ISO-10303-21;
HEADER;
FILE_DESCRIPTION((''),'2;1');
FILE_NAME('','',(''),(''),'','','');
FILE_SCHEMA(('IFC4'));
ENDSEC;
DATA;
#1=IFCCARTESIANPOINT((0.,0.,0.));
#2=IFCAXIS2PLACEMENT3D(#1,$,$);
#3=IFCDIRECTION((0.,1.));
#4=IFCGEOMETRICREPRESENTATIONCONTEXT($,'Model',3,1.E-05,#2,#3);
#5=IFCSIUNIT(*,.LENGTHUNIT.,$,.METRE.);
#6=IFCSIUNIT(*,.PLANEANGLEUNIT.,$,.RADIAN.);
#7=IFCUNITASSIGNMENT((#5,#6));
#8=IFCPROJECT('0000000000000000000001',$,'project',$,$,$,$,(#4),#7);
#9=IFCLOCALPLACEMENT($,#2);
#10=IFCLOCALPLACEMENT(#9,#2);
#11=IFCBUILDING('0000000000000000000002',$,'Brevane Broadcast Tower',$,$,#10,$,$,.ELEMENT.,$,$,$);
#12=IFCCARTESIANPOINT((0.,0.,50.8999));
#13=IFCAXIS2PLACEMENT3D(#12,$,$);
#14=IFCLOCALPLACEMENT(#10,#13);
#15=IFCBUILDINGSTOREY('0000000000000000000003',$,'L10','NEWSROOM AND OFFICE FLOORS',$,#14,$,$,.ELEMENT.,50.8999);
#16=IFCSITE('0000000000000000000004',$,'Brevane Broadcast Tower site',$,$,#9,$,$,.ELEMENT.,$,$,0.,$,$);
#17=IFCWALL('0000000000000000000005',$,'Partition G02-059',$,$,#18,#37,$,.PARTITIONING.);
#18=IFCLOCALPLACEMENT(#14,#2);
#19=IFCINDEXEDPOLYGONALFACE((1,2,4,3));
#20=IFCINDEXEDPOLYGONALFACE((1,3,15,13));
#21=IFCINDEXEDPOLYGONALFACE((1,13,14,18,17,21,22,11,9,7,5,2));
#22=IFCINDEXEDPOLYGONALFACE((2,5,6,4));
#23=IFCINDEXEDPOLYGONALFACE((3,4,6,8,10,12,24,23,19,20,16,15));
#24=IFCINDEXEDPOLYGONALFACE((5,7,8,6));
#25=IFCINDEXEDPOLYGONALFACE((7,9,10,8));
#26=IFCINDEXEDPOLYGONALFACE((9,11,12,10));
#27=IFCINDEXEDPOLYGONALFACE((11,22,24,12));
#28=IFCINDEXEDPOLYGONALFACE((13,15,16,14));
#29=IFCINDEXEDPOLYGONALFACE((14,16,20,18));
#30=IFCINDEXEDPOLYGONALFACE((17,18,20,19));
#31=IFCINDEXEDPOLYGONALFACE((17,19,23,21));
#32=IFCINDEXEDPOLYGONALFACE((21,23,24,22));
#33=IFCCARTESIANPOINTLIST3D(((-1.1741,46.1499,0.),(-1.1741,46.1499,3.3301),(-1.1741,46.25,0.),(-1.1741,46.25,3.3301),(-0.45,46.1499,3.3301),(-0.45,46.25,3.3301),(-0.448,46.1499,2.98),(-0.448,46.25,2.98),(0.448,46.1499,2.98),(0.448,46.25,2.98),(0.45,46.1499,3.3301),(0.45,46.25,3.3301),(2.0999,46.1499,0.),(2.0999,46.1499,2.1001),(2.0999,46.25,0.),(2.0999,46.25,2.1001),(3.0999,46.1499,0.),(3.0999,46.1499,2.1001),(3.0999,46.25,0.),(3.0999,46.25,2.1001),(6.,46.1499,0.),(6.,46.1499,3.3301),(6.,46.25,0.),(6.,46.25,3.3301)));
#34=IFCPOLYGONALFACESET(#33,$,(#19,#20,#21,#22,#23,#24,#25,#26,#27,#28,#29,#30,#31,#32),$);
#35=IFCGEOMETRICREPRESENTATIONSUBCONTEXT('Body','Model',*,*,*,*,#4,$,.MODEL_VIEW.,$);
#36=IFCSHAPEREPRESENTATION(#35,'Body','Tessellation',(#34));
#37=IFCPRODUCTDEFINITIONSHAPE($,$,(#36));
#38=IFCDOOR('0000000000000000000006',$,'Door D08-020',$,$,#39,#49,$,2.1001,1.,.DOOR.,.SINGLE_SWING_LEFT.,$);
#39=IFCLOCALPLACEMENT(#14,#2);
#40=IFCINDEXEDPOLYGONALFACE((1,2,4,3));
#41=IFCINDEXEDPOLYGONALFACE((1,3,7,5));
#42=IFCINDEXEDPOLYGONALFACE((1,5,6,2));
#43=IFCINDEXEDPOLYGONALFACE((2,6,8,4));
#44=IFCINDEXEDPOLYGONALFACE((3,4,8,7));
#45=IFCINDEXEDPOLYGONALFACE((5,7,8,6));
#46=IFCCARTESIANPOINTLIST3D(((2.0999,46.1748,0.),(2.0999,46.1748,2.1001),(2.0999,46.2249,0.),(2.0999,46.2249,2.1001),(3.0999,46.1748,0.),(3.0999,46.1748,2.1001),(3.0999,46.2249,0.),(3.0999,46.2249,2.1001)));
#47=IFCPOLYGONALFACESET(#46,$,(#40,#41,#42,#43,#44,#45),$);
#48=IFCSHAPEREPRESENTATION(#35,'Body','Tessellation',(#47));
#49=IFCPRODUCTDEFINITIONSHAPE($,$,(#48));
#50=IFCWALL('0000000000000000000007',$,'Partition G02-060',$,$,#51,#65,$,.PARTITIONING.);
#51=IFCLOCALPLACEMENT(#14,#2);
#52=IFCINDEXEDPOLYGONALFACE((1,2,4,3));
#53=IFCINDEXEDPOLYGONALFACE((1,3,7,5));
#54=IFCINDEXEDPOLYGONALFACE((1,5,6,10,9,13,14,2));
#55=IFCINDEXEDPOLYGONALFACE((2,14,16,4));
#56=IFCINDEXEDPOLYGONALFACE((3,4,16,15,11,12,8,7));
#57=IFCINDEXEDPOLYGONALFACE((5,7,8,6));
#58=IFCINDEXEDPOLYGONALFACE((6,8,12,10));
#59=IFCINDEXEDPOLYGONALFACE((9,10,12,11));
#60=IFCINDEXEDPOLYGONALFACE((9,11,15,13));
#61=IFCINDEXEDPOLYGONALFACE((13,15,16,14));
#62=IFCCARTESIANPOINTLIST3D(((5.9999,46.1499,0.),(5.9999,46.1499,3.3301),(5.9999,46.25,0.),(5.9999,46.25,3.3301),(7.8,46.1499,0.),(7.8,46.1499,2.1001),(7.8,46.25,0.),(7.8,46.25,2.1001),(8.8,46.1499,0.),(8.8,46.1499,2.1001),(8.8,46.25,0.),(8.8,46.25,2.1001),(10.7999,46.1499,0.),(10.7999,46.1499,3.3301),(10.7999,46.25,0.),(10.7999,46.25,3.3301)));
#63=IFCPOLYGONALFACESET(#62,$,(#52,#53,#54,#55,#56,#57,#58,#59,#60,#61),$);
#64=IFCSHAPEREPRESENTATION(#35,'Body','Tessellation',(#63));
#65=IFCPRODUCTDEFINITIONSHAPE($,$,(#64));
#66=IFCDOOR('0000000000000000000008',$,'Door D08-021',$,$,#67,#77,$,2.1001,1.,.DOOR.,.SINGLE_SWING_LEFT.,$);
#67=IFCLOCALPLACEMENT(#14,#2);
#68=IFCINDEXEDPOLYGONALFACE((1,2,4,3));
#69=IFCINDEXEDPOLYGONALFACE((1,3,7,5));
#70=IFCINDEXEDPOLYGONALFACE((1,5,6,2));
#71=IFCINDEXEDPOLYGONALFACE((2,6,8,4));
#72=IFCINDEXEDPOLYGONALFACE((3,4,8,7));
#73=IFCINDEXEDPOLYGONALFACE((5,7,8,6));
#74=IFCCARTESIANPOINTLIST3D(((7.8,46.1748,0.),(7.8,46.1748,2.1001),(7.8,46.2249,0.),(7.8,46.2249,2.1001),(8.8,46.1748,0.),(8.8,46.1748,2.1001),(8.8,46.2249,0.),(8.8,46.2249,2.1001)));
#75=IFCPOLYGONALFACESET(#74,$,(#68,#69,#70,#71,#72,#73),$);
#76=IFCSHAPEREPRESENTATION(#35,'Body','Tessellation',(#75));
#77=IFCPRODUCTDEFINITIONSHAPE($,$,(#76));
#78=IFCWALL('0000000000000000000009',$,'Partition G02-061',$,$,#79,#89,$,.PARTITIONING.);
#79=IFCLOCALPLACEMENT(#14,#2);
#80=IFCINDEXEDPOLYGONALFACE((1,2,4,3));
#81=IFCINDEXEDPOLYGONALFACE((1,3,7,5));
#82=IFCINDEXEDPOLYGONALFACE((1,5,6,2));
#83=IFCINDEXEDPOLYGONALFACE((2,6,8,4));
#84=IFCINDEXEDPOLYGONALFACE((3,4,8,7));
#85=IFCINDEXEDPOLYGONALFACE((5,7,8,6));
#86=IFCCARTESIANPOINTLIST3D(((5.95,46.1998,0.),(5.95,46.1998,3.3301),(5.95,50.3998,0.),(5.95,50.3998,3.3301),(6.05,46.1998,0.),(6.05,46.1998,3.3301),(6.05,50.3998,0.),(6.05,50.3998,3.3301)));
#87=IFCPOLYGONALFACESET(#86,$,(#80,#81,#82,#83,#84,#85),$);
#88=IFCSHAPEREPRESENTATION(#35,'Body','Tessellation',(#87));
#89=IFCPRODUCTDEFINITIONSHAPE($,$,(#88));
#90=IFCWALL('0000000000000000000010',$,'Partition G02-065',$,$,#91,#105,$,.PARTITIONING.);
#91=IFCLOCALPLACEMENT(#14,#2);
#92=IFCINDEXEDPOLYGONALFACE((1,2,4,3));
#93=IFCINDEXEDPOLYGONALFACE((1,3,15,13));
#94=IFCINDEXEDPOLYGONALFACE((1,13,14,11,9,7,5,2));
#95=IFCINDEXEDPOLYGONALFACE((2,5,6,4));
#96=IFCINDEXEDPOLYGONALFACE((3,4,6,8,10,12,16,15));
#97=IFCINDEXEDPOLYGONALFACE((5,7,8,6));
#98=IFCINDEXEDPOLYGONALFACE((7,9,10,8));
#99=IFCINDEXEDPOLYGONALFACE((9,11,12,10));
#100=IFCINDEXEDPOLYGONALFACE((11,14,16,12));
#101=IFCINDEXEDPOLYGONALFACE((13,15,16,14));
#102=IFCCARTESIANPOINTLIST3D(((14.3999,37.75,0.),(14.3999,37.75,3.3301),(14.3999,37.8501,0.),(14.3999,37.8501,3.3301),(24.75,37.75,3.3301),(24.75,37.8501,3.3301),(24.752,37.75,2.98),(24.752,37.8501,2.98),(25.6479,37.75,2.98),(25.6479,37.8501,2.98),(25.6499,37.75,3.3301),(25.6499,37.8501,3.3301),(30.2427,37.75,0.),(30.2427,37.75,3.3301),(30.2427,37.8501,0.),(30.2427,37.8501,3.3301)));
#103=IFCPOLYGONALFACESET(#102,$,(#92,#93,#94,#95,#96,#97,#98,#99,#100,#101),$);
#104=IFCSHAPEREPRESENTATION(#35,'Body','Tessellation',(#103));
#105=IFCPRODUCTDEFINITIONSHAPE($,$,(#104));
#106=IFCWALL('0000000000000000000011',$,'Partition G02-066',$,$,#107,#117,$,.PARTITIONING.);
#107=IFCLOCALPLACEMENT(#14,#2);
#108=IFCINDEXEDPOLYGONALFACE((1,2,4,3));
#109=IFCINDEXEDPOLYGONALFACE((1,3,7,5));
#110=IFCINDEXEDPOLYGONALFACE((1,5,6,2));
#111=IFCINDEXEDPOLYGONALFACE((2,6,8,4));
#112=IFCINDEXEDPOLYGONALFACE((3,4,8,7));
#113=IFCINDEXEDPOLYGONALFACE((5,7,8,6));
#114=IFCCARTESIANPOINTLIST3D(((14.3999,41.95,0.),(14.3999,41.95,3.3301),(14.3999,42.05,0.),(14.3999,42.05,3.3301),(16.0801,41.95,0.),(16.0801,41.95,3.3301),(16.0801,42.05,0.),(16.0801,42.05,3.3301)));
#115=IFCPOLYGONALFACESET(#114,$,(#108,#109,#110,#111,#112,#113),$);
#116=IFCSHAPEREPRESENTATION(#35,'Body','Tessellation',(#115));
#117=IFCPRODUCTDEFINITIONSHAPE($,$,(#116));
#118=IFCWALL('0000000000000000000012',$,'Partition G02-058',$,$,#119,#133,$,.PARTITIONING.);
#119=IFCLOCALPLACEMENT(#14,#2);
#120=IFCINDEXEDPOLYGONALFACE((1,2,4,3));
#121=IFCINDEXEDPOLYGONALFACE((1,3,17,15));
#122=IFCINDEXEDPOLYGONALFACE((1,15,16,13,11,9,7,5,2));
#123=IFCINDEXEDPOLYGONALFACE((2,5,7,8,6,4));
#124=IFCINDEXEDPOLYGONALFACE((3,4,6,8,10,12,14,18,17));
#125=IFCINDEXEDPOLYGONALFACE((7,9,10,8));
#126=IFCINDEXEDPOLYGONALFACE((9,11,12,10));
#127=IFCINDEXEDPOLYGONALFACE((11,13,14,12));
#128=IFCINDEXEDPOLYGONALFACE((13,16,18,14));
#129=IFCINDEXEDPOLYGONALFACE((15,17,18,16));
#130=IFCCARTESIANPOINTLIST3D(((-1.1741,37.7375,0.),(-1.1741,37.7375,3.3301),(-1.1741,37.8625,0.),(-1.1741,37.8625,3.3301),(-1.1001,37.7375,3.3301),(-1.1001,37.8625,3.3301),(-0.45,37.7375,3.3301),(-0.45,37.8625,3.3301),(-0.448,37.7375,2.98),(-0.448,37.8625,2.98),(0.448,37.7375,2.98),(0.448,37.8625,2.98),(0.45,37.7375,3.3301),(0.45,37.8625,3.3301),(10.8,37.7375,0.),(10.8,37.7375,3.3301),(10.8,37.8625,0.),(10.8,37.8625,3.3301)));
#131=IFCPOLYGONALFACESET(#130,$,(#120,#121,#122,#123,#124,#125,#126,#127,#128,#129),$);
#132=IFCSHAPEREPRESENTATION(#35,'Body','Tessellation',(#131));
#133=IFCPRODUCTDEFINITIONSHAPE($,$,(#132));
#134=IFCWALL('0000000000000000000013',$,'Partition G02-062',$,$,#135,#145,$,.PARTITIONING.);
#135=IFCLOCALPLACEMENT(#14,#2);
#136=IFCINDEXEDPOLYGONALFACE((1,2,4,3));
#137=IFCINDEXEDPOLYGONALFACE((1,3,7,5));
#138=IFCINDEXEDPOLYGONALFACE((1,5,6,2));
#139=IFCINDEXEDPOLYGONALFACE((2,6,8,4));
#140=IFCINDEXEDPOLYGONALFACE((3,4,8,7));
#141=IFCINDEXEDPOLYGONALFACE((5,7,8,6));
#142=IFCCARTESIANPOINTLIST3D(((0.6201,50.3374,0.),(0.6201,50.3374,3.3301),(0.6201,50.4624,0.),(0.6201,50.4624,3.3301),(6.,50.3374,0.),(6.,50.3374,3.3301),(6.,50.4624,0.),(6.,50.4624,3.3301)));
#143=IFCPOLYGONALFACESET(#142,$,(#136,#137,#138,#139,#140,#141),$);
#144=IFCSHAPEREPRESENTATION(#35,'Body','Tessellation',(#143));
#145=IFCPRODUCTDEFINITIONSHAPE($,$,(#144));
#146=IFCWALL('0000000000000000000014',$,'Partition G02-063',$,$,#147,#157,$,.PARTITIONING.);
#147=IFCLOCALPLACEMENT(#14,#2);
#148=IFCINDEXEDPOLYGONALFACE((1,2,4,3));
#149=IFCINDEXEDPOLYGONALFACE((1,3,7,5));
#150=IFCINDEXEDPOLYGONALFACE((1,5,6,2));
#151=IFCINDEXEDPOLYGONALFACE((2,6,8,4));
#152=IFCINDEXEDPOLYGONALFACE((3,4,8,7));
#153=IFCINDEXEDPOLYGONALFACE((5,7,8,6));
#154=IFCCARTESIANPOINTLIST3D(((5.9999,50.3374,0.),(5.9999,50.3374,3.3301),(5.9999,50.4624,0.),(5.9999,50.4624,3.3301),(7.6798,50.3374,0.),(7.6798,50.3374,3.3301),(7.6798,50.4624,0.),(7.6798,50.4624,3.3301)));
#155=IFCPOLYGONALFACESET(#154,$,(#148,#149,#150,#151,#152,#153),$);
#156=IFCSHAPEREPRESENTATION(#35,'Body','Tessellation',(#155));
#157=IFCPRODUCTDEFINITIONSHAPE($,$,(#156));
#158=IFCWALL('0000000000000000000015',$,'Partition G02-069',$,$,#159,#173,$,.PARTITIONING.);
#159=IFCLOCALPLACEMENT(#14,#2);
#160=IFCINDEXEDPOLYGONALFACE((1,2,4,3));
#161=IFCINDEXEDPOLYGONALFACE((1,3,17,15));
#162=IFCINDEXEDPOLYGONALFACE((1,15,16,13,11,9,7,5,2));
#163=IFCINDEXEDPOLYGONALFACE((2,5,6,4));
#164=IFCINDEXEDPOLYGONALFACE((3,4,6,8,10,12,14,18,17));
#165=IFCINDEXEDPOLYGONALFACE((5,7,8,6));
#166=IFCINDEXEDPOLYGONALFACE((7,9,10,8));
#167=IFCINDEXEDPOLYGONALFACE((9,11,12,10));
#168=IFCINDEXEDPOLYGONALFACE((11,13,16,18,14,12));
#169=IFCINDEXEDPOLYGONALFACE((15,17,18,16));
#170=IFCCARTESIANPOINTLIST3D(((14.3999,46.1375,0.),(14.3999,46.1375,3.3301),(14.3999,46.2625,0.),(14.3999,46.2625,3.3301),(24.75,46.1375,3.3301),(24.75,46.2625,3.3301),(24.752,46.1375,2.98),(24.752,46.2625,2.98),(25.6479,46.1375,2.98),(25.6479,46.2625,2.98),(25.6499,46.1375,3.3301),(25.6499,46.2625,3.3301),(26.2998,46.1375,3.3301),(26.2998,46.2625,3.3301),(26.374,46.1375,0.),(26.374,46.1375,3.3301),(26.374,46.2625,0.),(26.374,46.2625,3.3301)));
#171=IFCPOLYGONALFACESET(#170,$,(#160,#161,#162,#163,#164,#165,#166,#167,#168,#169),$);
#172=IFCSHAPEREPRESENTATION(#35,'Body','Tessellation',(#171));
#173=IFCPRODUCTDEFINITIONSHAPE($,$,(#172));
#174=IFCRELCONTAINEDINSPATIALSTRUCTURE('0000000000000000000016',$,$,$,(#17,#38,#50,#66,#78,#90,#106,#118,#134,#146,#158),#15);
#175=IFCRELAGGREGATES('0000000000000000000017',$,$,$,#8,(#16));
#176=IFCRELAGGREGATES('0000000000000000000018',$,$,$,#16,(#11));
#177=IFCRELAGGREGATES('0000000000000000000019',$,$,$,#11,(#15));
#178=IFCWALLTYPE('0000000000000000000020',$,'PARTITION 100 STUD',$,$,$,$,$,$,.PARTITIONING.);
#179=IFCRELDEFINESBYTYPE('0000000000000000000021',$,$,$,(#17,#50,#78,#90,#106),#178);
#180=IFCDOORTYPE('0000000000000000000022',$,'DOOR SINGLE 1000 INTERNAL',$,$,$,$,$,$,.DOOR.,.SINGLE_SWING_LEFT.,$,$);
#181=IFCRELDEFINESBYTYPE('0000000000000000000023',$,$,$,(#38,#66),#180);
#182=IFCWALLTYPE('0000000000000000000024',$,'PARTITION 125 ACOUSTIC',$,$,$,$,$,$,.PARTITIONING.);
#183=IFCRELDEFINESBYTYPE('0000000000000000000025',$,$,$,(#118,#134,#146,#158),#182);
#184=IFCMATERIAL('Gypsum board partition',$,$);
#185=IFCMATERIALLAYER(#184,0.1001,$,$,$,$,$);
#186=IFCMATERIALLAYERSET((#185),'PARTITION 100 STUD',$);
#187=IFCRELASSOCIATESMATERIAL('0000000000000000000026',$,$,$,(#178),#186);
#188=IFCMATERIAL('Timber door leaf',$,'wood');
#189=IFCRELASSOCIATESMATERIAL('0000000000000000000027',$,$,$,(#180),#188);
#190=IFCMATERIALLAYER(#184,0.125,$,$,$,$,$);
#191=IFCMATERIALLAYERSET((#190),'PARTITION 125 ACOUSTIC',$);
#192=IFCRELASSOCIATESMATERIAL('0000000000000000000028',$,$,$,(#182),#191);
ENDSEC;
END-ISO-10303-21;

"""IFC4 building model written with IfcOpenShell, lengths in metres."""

from ifc_helpers import new_model, si_unit, direction, frame, frame_2d, origin, place, context, subcontext, project, spatial, polyline, rectangle, outline, extrude, material, layer, layer_set, type_object, element, fill, save


model = new_model("IFC4")

# Units and contexts
model_context = context("Model", 3, precision=1e-05, world=origin(), true_north=direction((0.0, 1.0)))
body_context = subcontext(model_context, "Body", "Model", "MODEL_VIEW")
ifc_project = project(units=[si_unit("LENGTHUNIT", "METRE"), si_unit("PLANEANGLEUNIT", "RADIAN")], contexts=[model_context])

# Site, building, storey
site_placement = place(None, origin())
site = spatial("IfcSite", under=ifc_project, at=site_placement, Name="Brevane Broadcast Tower site", CompositionType="ELEMENT", RefElevation=0.0)
building_placement = place(site_placement, origin())
building = spatial("IfcBuilding", under=site, at=building_placement, Name="Brevane Broadcast Tower", CompositionType="ELEMENT")
storey_placement = place(building_placement, frame((0.0, 0.0, 50.8999)))
storey = spatial("IfcBuildingStorey", under=building, at=storey_placement, Name="L10", Description="NEWSROOM AND OFFICE FLOORS", CompositionType="ELEMENT", Elevation=50.8999)

# Shared definitions
ifc_material_1 = material(Name="Gypsum board partition")
ifc_layer_1 = layer(ifc_material_1, 0.1001)
ifc_layer_set_1 = layer_set([ifc_layer_1], Name="PARTITION 100 STUD")
wall_type_1 = type_object("IfcWallType", Name="PARTITION 100 STUD", PredefinedType="PARTITIONING", material=ifc_layer_set_1)

# Walls, openings, doors
wall_1_placement = place(storey_placement, frame((-1.1741, 46.2, 0.0), z_axis=(0.0, 0.0, 1.0), x_axis=(1.0, 0.0, 0.0)))
wall_1 = element("IfcWall", 1, at=wall_1_placement, inside=storey, type_object=wall_type_1, Name="Partition G02-059", PredefinedType="PARTITIONING", context=body_context, shape_type="SweptSolid", body=[
    extrude(outline(polyline([(0.0, 0.0), (7.1741, 0.0), (7.1741, 3.3301), (1.624, 3.3301), (1.6221, 2.98), (0.7261, 2.98), (0.7241, 3.3301), (0.074, 3.3301), (0.0, 3.3301), (0.0, 0.0)])), frame((0.0, 0.05, 0.0), z_axis=(0.0, -1.0, 0.0), x_axis=(1.0, 0.0, 0.0)), (0.0, 0.0, 1.0), 0.1001),
])
opening_1_placement = place(wall_1_placement, frame((3.2739, 0.0, 0.0)))
opening_1 = element("IfcOpeningElement", 2, at=opening_1_placement, cuts=wall_1, PredefinedType="OPENING", context=body_context, shape_type="SweptSolid", body=[
    extrude(rectangle(XDim=1.0, YDim=2.1001, at=frame_2d((0.5, 1.05))), frame((0.0, 0.0601, 0.0), z_axis=(0.0, -1.0, 0.0), x_axis=(1.0, 0.0, 0.0)), (0.0, 0.0, 1.0), 0.1201),
])
ifc_material_2 = material(Name="Timber door leaf", Category="wood")
door_type_1 = type_object("IfcDoorType", Name="DOOR SINGLE 1000 INTERNAL", OperationType="SINGLE_SWING_LEFT", PredefinedType="DOOR", material=ifc_material_2)
door_1_placement = place(opening_1_placement, origin())
door_1 = element("IfcDoor", 3, at=door_1_placement, inside=storey, type_object=door_type_1, Name="Door D08-020", OperationType="SINGLE_SWING_LEFT", OverallHeight=2.1001, OverallWidth=1.0, PredefinedType="DOOR", context=body_context, shape_type="SweptSolid", body=[
    extrude(rectangle(XDim=1.0, YDim=2.1001, at=frame_2d((0.5, 1.05))), frame((0.0, 0.0249, 0.0), z_axis=(0.0, -1.0, 0.0), x_axis=(1.0, 0.0, 0.0)), (0.0, 0.0, 1.0), 0.05),
])
fill(opening_1, door_1)
wall_2_placement = place(storey_placement, frame((6.0, 46.2, 0.0), z_axis=(0.0, 0.0, 1.0), x_axis=(1.0, 0.0, 0.0)))
wall_2 = element("IfcWall", 4, at=wall_2_placement, inside=storey, type_object=wall_type_1, Name="Partition G02-060", PredefinedType="PARTITIONING", context=body_context, shape_type="SweptSolid", body=[
    extrude(rectangle(XDim=4.8, YDim=0.1001, at=frame_2d((2.3999, 0.0))), origin(), (0.0, 0.0, 1.0), 3.3301),
])
opening_2_placement = place(wall_2_placement, frame((1.8, 0.0, 0.0)))
opening_2 = element("IfcOpeningElement", 5, at=opening_2_placement, cuts=wall_2, PredefinedType="OPENING", context=body_context, shape_type="SweptSolid", body=[
    extrude(rectangle(XDim=1.0, YDim=2.1001, at=frame_2d((0.5, 1.05))), frame((0.0, 0.0601, 0.0), z_axis=(0.0, -1.0, 0.0), x_axis=(1.0, 0.0, 0.0)), (0.0, 0.0, 1.0), 0.1201),
])
door_2_placement = place(opening_2_placement, origin())
door_2 = element("IfcDoor", 6, at=door_2_placement, inside=storey, type_object=door_type_1, Name="Door D08-021", OperationType="SINGLE_SWING_LEFT", OverallHeight=2.1001, OverallWidth=1.0, PredefinedType="DOOR", context=body_context, shape_type="SweptSolid", body=[
    extrude(rectangle(XDim=1.0, YDim=2.1001, at=frame_2d((0.5, 1.05))), frame((0.0, 0.0249, 0.0), z_axis=(0.0, -1.0, 0.0), x_axis=(1.0, 0.0, 0.0)), (0.0, 0.0, 1.0), 0.05),
])
fill(opening_2, door_2)

# Walls
wall_3_placement = place(storey_placement, frame((6.0, 50.3999, 0.0), z_axis=(0.0, 0.0, 1.0), x_axis=(0.0, -1.0, 0.0)))
element("IfcWall", 7, at=wall_3_placement, inside=storey, type_object=wall_type_1, Name="Partition G02-061", PredefinedType="PARTITIONING", context=body_context, shape_type="SweptSolid", body=[
    extrude(rectangle(XDim=4.2, YDim=0.1001, at=frame_2d((2.1001, 0.0))), origin(), (0.0, 0.0, 1.0), 3.3301),
])
wall_4_placement = place(storey_placement, frame((14.3999, 37.8, 0.0), z_axis=(0.0, 0.0, 1.0), x_axis=(1.0, 0.0, 0.0)))
element("IfcWall", 8, at=wall_4_placement, inside=storey, type_object=wall_type_1, Name="Partition G02-065", PredefinedType="PARTITIONING", context=body_context, shape_type="SweptSolid", body=[
    extrude(outline(polyline([(0.0, 0.0), (15.8428, 0.0), (15.8428, 3.3301), (11.25, 3.3301), (11.248, 2.98), (10.3521, 2.98), (10.3501, 3.3301), (0.0, 3.3301), (0.0, 0.0)])), frame((0.0, 0.05, 0.0), z_axis=(0.0, -1.0, 0.0), x_axis=(1.0, 0.0, 0.0)), (0.0, 0.0, 1.0), 0.1001),
])
wall_5_placement = place(storey_placement, frame((14.3999, 42.0, 0.0), z_axis=(0.0, 0.0, 1.0), x_axis=(1.0, 0.0, 0.0)))
element("IfcWall", 9, at=wall_5_placement, inside=storey, type_object=wall_type_1, Name="Partition G02-066", PredefinedType="PARTITIONING", context=body_context, shape_type="SweptSolid", body=[
    extrude(rectangle(XDim=1.6802, YDim=0.1001, at=frame_2d((0.8401, 0.0))), origin(), (0.0, 0.0, 1.0), 3.3301),
])
ifc_layer_2 = layer(ifc_material_1, 0.125)
ifc_layer_set_2 = layer_set([ifc_layer_2], Name="PARTITION 125 ACOUSTIC")
wall_type_2 = type_object("IfcWallType", Name="PARTITION 125 ACOUSTIC", PredefinedType="PARTITIONING", material=ifc_layer_set_2)
wall_6_placement = place(storey_placement, frame((-1.1741, 37.8, 0.0), z_axis=(0.0, 0.0, 1.0), x_axis=(1.0, 0.0, 0.0)))
element("IfcWall", 10, at=wall_6_placement, inside=storey, type_object=wall_type_2, Name="Partition G02-058", PredefinedType="PARTITIONING", context=body_context, shape_type="SweptSolid", body=[
    extrude(outline(polyline([(0.0, 0.0), (11.9741, 0.0), (11.9741, 3.3301), (1.624, 3.3301), (1.6221, 2.98), (0.7261, 2.98), (0.7241, 3.3301), (0.074, 3.3301), (0.0, 3.3301), (0.0, 0.0)])), frame((0.0, 0.0625, 0.0), z_axis=(0.0, -1.0, 0.0), x_axis=(1.0, 0.0, 0.0)), (0.0, 0.0, 1.0), 0.125),
])
wall_7_placement = place(storey_placement, frame((0.6201, 50.3999, 0.0), z_axis=(0.0, 0.0, 1.0), x_axis=(1.0, 0.0, 0.0)))
element("IfcWall", 11, at=wall_7_placement, inside=storey, type_object=wall_type_2, Name="Partition G02-062", PredefinedType="PARTITIONING", context=body_context, shape_type="SweptSolid", body=[
    extrude(rectangle(XDim=5.3799, YDim=0.125, at=frame_2d((2.6899, 0.0))), origin(), (0.0, 0.0, 1.0), 3.3301),
])
wall_8_placement = place(storey_placement, frame((6.0, 50.3999, 0.0), z_axis=(0.0, 0.0, 1.0), x_axis=(1.0, 0.0, 0.0)))
element("IfcWall", 12, at=wall_8_placement, inside=storey, type_object=wall_type_2, Name="Partition G02-063", PredefinedType="PARTITIONING", context=body_context, shape_type="SweptSolid", body=[
    extrude(rectangle(XDim=1.6799, YDim=0.125, at=frame_2d((0.8398, 0.0))), origin(), (0.0, 0.0, 1.0), 3.3301),
])
wall_9_placement = place(storey_placement, frame((14.3999, 46.2, 0.0), z_axis=(0.0, 0.0, 1.0), x_axis=(1.0, 0.0, 0.0)))
element("IfcWall", 13, at=wall_9_placement, inside=storey, type_object=wall_type_2, Name="Partition G02-069", PredefinedType="PARTITIONING", context=body_context, shape_type="SweptSolid", body=[
    extrude(outline(polyline([(0.0, 0.0), (11.9741, 0.0), (11.9741, 3.3301), (11.8999, 3.3301), (11.25, 3.3301), (11.248, 2.98), (10.3521, 2.98), (10.3501, 3.3301), (0.0, 3.3301), (0.0, 0.0)])), frame((0.0, 0.0625, 0.0), z_axis=(0.0, -1.0, 0.0), x_axis=(1.0, 0.0, 0.0)), (0.0, 0.0, 1.0), 0.125),
])

save(model, "model.ifc")
